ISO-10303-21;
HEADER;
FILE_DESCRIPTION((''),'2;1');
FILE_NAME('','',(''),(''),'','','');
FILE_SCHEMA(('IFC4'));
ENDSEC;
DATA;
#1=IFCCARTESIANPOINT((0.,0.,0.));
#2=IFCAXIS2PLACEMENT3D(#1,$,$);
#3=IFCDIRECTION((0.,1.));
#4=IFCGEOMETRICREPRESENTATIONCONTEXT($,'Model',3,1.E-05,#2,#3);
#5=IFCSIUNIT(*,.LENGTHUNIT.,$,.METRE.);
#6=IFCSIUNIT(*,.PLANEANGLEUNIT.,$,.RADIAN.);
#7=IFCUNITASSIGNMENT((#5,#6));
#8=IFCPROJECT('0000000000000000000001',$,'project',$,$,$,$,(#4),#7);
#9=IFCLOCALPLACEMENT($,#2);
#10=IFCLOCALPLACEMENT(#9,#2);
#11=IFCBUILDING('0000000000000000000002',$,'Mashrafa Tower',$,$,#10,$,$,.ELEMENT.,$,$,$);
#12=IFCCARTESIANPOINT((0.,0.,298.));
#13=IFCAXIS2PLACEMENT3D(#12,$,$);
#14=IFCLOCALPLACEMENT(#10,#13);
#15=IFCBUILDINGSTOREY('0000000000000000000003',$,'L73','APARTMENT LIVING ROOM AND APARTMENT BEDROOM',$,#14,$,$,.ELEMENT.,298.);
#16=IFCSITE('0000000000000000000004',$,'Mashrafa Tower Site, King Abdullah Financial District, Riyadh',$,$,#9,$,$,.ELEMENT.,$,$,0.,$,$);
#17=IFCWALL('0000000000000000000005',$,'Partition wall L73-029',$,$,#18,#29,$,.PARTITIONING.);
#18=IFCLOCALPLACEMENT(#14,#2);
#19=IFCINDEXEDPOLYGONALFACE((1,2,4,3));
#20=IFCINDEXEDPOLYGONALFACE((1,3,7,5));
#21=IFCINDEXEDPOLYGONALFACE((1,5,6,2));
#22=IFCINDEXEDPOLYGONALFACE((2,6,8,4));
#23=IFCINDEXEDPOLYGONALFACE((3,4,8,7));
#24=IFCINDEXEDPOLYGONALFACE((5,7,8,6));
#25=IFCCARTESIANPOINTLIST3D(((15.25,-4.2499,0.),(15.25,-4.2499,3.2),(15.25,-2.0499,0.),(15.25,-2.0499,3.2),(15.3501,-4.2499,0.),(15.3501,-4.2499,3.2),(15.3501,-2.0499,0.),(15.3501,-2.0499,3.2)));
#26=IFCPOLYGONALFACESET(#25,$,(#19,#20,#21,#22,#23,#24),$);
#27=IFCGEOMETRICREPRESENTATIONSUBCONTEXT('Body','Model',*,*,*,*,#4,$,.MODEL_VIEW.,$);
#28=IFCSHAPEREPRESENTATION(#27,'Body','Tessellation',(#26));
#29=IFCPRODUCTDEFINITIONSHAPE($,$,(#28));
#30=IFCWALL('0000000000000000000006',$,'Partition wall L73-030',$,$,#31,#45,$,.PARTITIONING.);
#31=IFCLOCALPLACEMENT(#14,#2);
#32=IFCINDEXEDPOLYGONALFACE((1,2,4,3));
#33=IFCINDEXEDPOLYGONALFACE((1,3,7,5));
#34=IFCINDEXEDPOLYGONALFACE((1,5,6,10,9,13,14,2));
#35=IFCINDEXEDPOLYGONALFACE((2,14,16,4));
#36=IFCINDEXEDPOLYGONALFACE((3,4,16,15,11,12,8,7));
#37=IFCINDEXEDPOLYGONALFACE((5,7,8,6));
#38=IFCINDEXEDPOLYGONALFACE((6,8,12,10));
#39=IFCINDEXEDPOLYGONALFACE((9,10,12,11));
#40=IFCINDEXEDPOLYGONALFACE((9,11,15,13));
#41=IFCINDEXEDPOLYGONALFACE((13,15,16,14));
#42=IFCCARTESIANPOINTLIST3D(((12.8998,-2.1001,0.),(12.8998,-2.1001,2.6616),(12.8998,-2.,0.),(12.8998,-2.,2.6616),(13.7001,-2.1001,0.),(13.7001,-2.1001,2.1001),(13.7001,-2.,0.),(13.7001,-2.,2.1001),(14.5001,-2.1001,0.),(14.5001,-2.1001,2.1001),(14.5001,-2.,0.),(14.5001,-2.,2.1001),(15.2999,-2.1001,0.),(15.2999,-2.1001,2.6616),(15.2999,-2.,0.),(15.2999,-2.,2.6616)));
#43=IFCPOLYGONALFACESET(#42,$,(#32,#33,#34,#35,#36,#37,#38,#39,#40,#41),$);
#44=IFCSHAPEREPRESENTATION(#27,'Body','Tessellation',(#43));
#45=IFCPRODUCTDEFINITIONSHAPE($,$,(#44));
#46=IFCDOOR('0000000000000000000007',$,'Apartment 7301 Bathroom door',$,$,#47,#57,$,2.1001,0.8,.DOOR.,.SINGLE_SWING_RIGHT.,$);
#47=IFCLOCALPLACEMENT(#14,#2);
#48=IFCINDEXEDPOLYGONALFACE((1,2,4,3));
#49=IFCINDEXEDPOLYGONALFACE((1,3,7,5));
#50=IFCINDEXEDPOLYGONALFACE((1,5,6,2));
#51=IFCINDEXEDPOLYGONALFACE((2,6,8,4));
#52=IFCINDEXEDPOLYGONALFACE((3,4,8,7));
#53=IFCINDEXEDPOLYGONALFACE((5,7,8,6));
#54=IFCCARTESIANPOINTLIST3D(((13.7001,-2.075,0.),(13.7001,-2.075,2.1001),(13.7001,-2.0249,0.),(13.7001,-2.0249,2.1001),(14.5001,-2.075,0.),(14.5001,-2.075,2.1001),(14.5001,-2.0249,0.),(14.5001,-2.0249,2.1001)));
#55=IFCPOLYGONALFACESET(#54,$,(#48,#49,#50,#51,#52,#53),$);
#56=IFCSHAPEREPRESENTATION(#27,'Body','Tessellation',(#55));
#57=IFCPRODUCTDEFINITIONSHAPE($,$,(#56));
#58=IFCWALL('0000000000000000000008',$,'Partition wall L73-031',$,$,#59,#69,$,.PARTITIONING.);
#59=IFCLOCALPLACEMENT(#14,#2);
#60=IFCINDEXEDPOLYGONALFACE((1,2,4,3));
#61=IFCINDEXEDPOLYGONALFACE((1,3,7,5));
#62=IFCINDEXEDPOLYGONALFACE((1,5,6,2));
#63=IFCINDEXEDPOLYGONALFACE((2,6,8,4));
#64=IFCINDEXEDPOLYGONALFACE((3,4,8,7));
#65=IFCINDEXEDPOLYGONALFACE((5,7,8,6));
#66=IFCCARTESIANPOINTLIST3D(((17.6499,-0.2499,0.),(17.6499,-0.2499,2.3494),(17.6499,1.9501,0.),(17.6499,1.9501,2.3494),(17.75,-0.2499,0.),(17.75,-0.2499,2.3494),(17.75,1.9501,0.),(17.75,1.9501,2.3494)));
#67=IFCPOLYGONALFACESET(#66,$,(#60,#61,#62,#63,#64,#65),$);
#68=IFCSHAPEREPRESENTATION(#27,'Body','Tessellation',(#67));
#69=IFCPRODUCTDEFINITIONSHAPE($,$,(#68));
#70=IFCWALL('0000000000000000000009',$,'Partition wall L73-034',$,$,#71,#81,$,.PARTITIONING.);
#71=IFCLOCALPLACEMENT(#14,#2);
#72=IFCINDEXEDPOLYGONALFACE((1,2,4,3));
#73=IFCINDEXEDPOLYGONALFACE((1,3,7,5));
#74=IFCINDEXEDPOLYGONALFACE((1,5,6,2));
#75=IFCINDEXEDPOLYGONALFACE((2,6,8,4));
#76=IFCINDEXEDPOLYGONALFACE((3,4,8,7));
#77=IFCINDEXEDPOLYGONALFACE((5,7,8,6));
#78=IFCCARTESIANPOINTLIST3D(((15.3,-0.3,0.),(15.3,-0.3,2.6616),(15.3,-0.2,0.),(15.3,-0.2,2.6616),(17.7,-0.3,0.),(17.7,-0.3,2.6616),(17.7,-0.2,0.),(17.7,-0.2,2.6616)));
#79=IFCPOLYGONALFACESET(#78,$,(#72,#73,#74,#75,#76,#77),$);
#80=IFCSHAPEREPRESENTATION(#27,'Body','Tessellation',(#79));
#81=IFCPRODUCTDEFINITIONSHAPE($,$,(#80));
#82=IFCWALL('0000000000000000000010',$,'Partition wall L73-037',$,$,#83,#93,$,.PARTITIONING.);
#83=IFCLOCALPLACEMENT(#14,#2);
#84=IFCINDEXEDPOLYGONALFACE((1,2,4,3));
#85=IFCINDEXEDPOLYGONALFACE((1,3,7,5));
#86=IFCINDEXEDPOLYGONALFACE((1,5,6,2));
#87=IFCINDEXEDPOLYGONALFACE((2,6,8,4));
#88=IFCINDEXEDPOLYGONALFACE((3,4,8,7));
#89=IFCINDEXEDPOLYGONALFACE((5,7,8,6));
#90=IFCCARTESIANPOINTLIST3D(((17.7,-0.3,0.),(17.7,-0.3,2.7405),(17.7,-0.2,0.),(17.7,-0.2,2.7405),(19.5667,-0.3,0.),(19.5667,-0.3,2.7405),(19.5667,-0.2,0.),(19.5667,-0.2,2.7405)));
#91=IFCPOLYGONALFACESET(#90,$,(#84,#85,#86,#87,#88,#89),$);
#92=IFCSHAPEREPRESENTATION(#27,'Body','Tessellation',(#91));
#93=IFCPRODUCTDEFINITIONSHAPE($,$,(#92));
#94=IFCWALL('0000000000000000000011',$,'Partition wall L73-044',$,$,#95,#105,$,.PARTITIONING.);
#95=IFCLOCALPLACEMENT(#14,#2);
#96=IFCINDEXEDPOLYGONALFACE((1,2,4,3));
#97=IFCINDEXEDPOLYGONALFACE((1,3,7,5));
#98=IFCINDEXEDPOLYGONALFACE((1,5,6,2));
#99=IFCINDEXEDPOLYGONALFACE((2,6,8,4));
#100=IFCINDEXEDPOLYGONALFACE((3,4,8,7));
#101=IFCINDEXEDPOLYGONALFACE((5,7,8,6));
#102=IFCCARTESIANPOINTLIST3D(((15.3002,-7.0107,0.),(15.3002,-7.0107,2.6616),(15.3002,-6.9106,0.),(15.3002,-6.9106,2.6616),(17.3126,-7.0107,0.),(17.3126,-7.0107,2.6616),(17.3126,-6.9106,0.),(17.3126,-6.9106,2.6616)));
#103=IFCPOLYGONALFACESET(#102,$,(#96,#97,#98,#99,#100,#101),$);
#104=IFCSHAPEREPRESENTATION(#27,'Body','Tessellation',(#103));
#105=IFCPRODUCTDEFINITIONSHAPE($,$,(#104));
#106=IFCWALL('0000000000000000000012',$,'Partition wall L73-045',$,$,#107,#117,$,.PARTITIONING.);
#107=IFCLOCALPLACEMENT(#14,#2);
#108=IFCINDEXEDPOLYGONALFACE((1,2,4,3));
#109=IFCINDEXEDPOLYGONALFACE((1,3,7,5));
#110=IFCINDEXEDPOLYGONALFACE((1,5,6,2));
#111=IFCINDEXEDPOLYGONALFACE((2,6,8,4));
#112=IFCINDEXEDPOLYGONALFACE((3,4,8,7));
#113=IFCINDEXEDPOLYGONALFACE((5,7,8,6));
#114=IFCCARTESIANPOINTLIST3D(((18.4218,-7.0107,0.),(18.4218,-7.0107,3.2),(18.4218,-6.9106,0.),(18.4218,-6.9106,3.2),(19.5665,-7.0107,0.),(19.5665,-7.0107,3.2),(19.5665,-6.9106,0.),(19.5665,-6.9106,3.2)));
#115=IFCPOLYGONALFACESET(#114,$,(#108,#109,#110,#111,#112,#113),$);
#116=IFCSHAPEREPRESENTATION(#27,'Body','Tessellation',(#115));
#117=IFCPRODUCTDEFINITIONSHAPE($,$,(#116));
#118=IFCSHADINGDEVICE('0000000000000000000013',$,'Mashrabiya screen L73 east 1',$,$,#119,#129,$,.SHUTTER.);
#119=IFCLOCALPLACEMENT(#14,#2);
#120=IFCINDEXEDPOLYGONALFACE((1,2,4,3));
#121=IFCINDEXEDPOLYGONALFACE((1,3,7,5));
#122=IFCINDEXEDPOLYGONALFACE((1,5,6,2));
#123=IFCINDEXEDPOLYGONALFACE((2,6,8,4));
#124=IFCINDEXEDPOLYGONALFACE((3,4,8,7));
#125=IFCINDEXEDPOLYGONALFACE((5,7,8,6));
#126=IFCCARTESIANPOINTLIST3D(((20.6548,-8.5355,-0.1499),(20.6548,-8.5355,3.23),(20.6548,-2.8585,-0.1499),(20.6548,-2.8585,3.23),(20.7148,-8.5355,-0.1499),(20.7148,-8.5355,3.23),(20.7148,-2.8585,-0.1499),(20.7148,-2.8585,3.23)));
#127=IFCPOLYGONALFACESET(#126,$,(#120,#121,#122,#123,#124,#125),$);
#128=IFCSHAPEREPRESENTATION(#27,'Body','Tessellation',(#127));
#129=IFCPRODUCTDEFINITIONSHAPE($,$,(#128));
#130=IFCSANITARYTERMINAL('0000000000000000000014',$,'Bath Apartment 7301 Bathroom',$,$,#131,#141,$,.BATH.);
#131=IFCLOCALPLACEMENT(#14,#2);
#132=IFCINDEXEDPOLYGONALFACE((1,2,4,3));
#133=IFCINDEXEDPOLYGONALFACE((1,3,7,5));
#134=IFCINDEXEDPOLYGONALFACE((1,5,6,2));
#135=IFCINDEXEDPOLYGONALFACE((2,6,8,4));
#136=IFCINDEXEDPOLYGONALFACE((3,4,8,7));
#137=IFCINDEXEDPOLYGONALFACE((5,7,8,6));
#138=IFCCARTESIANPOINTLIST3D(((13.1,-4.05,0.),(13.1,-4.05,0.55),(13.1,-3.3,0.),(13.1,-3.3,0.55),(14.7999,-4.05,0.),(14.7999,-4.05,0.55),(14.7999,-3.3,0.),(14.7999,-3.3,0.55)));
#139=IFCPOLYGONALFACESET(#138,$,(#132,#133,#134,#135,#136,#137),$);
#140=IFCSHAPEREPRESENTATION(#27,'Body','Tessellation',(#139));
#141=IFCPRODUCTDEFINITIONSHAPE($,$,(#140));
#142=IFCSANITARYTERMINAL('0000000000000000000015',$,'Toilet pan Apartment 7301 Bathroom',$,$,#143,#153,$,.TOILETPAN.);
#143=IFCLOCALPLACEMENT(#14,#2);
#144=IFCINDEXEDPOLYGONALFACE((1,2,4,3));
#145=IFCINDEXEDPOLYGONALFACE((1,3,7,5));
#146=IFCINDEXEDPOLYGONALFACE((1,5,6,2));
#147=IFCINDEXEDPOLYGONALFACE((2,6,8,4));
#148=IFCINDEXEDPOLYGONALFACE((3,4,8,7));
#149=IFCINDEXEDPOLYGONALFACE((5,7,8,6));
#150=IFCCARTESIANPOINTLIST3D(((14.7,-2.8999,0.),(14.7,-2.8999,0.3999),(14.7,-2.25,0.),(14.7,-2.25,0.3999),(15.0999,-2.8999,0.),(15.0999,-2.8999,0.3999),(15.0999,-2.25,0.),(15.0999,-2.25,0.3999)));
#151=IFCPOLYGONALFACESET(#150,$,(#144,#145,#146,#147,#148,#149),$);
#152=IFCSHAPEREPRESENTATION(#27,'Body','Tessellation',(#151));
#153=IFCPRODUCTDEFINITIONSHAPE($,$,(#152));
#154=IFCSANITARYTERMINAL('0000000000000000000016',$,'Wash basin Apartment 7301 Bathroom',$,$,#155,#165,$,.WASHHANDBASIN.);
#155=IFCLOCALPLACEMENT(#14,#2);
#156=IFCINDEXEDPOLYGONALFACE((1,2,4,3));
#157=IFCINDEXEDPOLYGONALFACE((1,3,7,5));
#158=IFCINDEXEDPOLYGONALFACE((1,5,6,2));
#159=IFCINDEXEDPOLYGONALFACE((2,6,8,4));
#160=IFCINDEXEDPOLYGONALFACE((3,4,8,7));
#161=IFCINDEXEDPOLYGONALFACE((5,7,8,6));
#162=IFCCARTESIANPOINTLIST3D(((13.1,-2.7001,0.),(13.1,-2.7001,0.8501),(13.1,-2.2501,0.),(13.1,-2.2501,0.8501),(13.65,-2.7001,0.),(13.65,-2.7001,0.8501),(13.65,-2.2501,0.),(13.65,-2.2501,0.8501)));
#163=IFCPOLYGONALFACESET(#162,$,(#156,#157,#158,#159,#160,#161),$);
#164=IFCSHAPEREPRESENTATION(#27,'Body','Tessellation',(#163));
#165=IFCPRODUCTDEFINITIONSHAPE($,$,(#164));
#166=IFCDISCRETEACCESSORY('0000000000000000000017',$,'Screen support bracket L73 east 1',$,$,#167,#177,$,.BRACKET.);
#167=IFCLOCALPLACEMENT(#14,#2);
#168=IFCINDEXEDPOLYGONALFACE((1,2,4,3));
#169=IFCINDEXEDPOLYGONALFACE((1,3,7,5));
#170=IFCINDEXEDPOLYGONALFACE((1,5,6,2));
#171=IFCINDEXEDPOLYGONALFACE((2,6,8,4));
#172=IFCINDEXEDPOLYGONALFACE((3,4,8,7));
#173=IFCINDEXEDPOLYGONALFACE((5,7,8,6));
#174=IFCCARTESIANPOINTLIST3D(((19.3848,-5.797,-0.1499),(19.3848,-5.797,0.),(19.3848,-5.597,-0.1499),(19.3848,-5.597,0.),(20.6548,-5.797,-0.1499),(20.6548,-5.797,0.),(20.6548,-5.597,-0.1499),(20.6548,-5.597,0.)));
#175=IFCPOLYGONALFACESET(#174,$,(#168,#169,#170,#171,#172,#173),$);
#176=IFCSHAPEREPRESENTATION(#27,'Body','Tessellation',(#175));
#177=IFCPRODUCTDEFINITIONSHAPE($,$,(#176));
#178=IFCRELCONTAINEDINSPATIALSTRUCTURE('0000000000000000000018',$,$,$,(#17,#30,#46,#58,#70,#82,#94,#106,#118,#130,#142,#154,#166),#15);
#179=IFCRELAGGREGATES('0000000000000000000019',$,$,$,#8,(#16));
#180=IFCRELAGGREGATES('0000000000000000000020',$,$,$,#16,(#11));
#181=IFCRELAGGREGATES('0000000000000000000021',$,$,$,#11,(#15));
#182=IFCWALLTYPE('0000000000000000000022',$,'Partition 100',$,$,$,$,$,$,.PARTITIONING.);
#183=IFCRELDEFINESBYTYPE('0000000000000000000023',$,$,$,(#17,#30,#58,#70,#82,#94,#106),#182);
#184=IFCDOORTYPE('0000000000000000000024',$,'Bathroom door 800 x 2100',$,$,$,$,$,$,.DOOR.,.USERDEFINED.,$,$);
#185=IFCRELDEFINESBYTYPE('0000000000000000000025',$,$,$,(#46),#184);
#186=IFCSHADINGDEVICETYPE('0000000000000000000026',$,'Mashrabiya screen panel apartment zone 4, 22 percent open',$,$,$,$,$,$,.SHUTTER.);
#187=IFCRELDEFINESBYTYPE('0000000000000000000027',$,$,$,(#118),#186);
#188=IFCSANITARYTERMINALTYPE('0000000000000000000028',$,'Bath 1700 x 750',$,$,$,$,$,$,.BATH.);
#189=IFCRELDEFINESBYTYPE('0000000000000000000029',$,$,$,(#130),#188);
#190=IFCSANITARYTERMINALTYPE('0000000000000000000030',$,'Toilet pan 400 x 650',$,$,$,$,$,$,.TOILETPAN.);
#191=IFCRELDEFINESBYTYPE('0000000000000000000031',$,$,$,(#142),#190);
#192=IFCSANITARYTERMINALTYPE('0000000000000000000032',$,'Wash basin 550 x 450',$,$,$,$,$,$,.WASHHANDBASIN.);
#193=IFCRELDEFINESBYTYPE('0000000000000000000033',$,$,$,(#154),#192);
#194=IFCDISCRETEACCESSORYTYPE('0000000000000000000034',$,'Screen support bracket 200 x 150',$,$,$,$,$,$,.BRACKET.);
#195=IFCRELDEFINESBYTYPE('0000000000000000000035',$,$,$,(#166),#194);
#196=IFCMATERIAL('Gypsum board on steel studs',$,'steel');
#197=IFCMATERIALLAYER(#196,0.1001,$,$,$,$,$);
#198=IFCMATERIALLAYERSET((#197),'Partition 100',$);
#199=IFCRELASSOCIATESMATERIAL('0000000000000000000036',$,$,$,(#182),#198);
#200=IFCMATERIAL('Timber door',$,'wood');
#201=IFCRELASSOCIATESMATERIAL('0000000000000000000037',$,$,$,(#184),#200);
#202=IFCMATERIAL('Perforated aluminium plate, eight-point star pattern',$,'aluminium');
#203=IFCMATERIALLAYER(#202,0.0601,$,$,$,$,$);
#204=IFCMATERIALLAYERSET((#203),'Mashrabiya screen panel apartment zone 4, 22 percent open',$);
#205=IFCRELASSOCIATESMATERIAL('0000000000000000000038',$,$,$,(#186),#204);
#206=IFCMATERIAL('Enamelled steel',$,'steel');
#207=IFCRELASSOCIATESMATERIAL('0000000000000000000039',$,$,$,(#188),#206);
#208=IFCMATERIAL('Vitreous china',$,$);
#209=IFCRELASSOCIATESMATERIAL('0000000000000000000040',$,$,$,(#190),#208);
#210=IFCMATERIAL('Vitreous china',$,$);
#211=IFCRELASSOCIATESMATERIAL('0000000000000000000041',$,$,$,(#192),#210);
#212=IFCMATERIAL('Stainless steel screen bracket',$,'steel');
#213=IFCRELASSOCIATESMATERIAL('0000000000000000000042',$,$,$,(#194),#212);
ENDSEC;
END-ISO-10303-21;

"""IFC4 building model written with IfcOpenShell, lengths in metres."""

from ifc_helpers import new_model, si_unit, direction, frame, frame_2d, origin, origin_2d, place, context, subcontext, project, spatial, rectangle, extrude, source, transform, mapped, material, layer, layer_set, type_object, type_shapes, element, fill, save


model = new_model("IFC4")

# Units and contexts
model_context = context("Model", 3, precision=1e-05, world=origin(), true_north=direction((0.0, 1.0)))
body_context = subcontext(model_context, "Body", "Model", "MODEL_VIEW")
ifc_project = project(units=[si_unit("LENGTHUNIT", "METRE"), si_unit("PLANEANGLEUNIT", "RADIAN")], contexts=[model_context])

# Site, building, storey
site_placement = place(None, origin())
site = spatial("IfcSite", under=ifc_project, at=site_placement, Name="Mashrafa Tower Site, King Abdullah Financial District, Riyadh", CompositionType="ELEMENT", RefElevation=0.0)
building_placement = place(site_placement, origin())
building = spatial("IfcBuilding", under=site, at=building_placement, Name="Mashrafa Tower", CompositionType="ELEMENT")
storey_placement = place(building_placement, frame((0.0, 0.0, 298.0)))
storey = spatial("IfcBuildingStorey", under=building, at=storey_placement, Name="L73", Description="APARTMENT LIVING ROOM AND APARTMENT BEDROOM", CompositionType="ELEMENT", Elevation=298.0)

# Wall
ifc_material_1 = material(Name="Gypsum board on steel studs", Category="steel")
ifc_layer_1 = layer(ifc_material_1, 0.1001)
ifc_layer_set_1 = layer_set([ifc_layer_1], Name="Partition 100")
wall_type_1 = type_object("IfcWallType", Name="Partition 100", PredefinedType="PARTITIONING", material=ifc_layer_set_1)
wall_1_placement = place(storey_placement, frame((15.3, -4.25, 0.0), z_axis=(0.0, 0.0, 1.0), x_axis=(0.0, 1.0, 0.0)))
element("IfcWall", 1, at=wall_1_placement, inside=storey, type_object=wall_type_1, Name="Partition wall L73-029", PredefinedType="PARTITIONING", context=body_context, shape_type="SweptSolid", body=[
    extrude(rectangle(XDim=2.2, YDim=0.1001, at=frame_2d((1.1001, 0.0))), origin(), (0.0, 0.0, 1.0), 3.2),
])

# Wall, opening, door
wall_2_placement = place(storey_placement, frame((15.3, -2.05, 0.0), z_axis=(0.0, 0.0, 1.0), x_axis=(-1.0, 0.0, 0.0)))
wall_2 = element("IfcWall", 2, at=wall_2_placement, inside=storey, type_object=wall_type_1, Name="Partition wall L73-030", PredefinedType="PARTITIONING", context=body_context, shape_type="SweptSolid", body=[
    extrude(rectangle(XDim=2.4001, YDim=0.1001, at=frame_2d((1.2002, 0.0))), origin(), (0.0, 0.0, 1.0), 2.6616),
])
opening_1_placement = place(wall_2_placement, frame((0.8, 0.0, 0.0)))
opening_1 = element("IfcOpeningElement", 3, at=opening_1_placement, cuts=wall_2, PredefinedType="OPENING", context=body_context, shape_type="SweptSolid", body=[
    extrude(rectangle(XDim=0.8, YDim=2.1001, at=frame_2d((0.3999, 1.05))), frame((0.0, 0.0601, 0.0), z_axis=(0.0, -1.0, 0.0), x_axis=(1.0, 0.0, 0.0)), (0.0, 0.0, 1.0), 0.1201),
])
ifc_material_2 = material(Name="Timber door", Category="wood")
door_type_1 = type_object("IfcDoorType", Name="Bathroom door 800 x 2100", OperationType="USERDEFINED", PredefinedType="DOOR", material=ifc_material_2)
door_1_placement = place(opening_1_placement, origin())
door_1 = element("IfcDoor", 4, at=door_1_placement, inside=storey, type_object=door_type_1, Name="Apartment 7301 Bathroom door", OperationType="SINGLE_SWING_RIGHT", OverallHeight=2.1001, OverallWidth=0.8, PredefinedType="DOOR", context=body_context, shape_type="SweptSolid", body=[
    extrude(rectangle(XDim=0.8, YDim=2.1001, at=frame_2d((0.3999, 1.05))), frame((0.0, 0.0249, 0.0), z_axis=(0.0, -1.0, 0.0), x_axis=(1.0, 0.0, 0.0)), (0.0, 0.0, 1.0), 0.05),
])
fill(opening_1, door_1)

# Walls
wall_3_placement = place(storey_placement, frame((17.7, -0.25, 0.0), z_axis=(0.0, 0.0, 1.0), x_axis=(0.0, 1.0, 0.0)))
element("IfcWall", 5, at=wall_3_placement, inside=storey, type_object=wall_type_1, Name="Partition wall L73-031", PredefinedType="PARTITIONING", context=body_context, shape_type="SweptSolid", body=[
    extrude(rectangle(XDim=2.2, YDim=0.1001, at=frame_2d((1.1001, 0.0))), origin(), (0.0, 0.0, 1.0), 2.3494),
])
wall_4_placement = place(storey_placement, frame((15.3, -0.25, 0.0), z_axis=(0.0, 0.0, 1.0), x_axis=(1.0, 0.0, 0.0)))
element("IfcWall", 6, at=wall_4_placement, inside=storey, type_object=wall_type_1, Name="Partition wall L73-034", PredefinedType="PARTITIONING", context=body_context, shape_type="SweptSolid", body=[
    extrude(rectangle(XDim=2.3999, YDim=0.1001, at=frame_2d((1.2, 0.0))), origin(), (0.0, 0.0, 1.0), 2.6616),
])
wall_5_placement = place(storey_placement, frame((17.7, -0.25, 0.0), z_axis=(0.0, 0.0, 1.0), x_axis=(1.0, 0.0, 0.0)))
element("IfcWall", 7, at=wall_5_placement, inside=storey, type_object=wall_type_1, Name="Partition wall L73-037", PredefinedType="PARTITIONING", context=body_context, shape_type="SweptSolid", body=[
    extrude(rectangle(XDim=1.8667, YDim=0.1001, at=frame_2d((0.9333, 0.0))), origin(), (0.0, 0.0, 1.0), 2.7405),
])
wall_6_placement = place(storey_placement, frame((15.3, -6.9607, 0.0), z_axis=(0.0, 0.0, 1.0), x_axis=(1.0, 0.0, 0.0)))
element("IfcWall", 8, at=wall_6_placement, inside=storey, type_object=wall_type_1, Name="Partition wall L73-044", PredefinedType="PARTITIONING", context=body_context, shape_type="SweptSolid", body=[
    extrude(rectangle(XDim=2.0125, YDim=0.1001, at=frame_2d((1.0063, 0.0))), origin(), (0.0, 0.0, 1.0), 2.6616),
])
wall_7_placement = place(storey_placement, frame((18.4219, -6.9607, 0.0), z_axis=(0.0, 0.0, 1.0), x_axis=(1.0, 0.0, 0.0)))
element("IfcWall", 9, at=wall_7_placement, inside=storey, type_object=wall_type_1, Name="Partition wall L73-045", PredefinedType="PARTITIONING", context=body_context, shape_type="SweptSolid", body=[
    extrude(rectangle(XDim=1.1448, YDim=0.1001, at=frame_2d((0.5723, 0.0))), origin(), (0.0, 0.0, 1.0), 3.2),
])

# Shading device
ifc_material_3 = material(Name="Perforated aluminium plate, eight-point star pattern", Category="aluminium")
ifc_layer_2 = layer(ifc_material_3, 0.0601)
ifc_layer_set_2 = layer_set([ifc_layer_2], Name="Mashrabiya screen panel apartment zone 4, 22 percent open")
shading_device_type = type_object("IfcShadingDeviceType", Name="Mashrabiya screen panel apartment zone 4, 22 percent open", PredefinedType="SHUTTER", material=ifc_layer_set_2)
shared_shape_1 = source(origin(), body_context, "Body", "SweptSolid", [
    extrude(rectangle(XDim=5.677, YDim=0.0601, at=origin_2d()), origin(), (0.0, 0.0, 1.0), 3.3799),
])
type_shapes(shading_device_type, [shared_shape_1])
shading_device_placement = place(storey_placement, frame((20.6848, -5.697, -0.1499), z_axis=(0.0, 0.0, 1.0), x_axis=(0.0, 1.0, 0.0)))
element("IfcShadingDevice", 10, at=shading_device_placement, inside=storey, type_object=shading_device_type, Name="Mashrabiya screen L73 east 1", PredefinedType="SHUTTER", context=body_context, shape_type="MappedRepresentation", body=[
    mapped(shared_shape_1, transform((0.0, 0.0, 0.0))),
])

# Sanitary terminals
ifc_material_4 = material(Name="Enamelled steel", Category="steel")
sanitary_terminal_type_1 = type_object("IfcSanitaryTerminalType", Name="Bath 1700 x 750", PredefinedType="BATH", material=ifc_material_4)
sanitary_terminal_1_placement = place(storey_placement, frame((13.95, -3.675, 0.0), z_axis=(0.0, 0.0, 1.0), x_axis=(1.0, 0.0, 0.0)))
element("IfcSanitaryTerminal", 11, at=sanitary_terminal_1_placement, inside=storey, type_object=sanitary_terminal_type_1, Name="Bath Apartment 7301 Bathroom", PredefinedType="BATH", context=body_context, shape_type="SweptSolid", body=[
    extrude(rectangle(XDim=1.7, YDim=0.75, at=origin_2d()), origin(), (0.0, 0.0, 1.0), 0.55),
])
ifc_material_5 = material(Name="Vitreous china")
sanitary_terminal_type_2 = type_object("IfcSanitaryTerminalType", Name="Toilet pan 400 x 650", PredefinedType="TOILETPAN", material=ifc_material_5)
sanitary_terminal_2_placement = place(storey_placement, frame((14.8999, -2.575, 0.0), z_axis=(0.0, 0.0, 1.0), x_axis=(-1.0, 0.0, 0.0)))
element("IfcSanitaryTerminal", 12, at=sanitary_terminal_2_placement, inside=storey, type_object=sanitary_terminal_type_2, Name="Toilet pan Apartment 7301 Bathroom", PredefinedType="TOILETPAN", context=body_context, shape_type="SweptSolid", body=[
    extrude(rectangle(XDim=0.3999, YDim=0.6499, at=origin_2d()), origin(), (0.0, 0.0, 1.0), 0.3999),
])
ifc_material_6 = material(Name="Vitreous china")
sanitary_terminal_type_3 = type_object("IfcSanitaryTerminalType", Name="Wash basin 550 x 450", PredefinedType="WASHHANDBASIN", material=ifc_material_6)
sanitary_terminal_3_placement = place(storey_placement, frame((13.375, -2.4751, 0.0), z_axis=(0.0, 0.0, 1.0), x_axis=(-1.0, 0.0, 0.0)))
element("IfcSanitaryTerminal", 13, at=sanitary_terminal_3_placement, inside=storey, type_object=sanitary_terminal_type_3, Name="Wash basin Apartment 7301 Bathroom", PredefinedType="WASHHANDBASIN", context=body_context, shape_type="SweptSolid", body=[
    extrude(rectangle(XDim=0.55, YDim=0.45, at=origin_2d()), origin(), (0.0, 0.0, 1.0), 0.8501),
])

# Discrete accessory
ifc_material_7 = material(Name="Stainless steel screen bracket", Category="steel")
discrete_accessory_type = type_object("IfcDiscreteAccessoryType", Name="Screen support bracket 200 x 150", PredefinedType="BRACKET", material=ifc_material_7)
shared_shape_2 = source(origin(), body_context, "Body", "SweptSolid", [
    extrude(rectangle(XDim=0.2, YDim=1.27, at=origin_2d()), origin(), (0.0, 0.0, 1.0), 0.1499),
])
type_shapes(discrete_accessory_type, [shared_shape_2])
discrete_accessory_placement = place(storey_placement, frame((20.0198, -5.697, -0.1499), z_axis=(0.0, 0.0, 1.0), x_axis=(0.0, 1.0, 0.0)))
element("IfcDiscreteAccessory", 14, at=discrete_accessory_placement, inside=storey, type_object=discrete_accessory_type, Name="Screen support bracket L73 east 1", PredefinedType="BRACKET", context=body_context, shape_type="MappedRepresentation", body=[
    mapped(shared_shape_2, transform((0.0, 0.0, 0.0))),
])

save(model, "model.ifc")
